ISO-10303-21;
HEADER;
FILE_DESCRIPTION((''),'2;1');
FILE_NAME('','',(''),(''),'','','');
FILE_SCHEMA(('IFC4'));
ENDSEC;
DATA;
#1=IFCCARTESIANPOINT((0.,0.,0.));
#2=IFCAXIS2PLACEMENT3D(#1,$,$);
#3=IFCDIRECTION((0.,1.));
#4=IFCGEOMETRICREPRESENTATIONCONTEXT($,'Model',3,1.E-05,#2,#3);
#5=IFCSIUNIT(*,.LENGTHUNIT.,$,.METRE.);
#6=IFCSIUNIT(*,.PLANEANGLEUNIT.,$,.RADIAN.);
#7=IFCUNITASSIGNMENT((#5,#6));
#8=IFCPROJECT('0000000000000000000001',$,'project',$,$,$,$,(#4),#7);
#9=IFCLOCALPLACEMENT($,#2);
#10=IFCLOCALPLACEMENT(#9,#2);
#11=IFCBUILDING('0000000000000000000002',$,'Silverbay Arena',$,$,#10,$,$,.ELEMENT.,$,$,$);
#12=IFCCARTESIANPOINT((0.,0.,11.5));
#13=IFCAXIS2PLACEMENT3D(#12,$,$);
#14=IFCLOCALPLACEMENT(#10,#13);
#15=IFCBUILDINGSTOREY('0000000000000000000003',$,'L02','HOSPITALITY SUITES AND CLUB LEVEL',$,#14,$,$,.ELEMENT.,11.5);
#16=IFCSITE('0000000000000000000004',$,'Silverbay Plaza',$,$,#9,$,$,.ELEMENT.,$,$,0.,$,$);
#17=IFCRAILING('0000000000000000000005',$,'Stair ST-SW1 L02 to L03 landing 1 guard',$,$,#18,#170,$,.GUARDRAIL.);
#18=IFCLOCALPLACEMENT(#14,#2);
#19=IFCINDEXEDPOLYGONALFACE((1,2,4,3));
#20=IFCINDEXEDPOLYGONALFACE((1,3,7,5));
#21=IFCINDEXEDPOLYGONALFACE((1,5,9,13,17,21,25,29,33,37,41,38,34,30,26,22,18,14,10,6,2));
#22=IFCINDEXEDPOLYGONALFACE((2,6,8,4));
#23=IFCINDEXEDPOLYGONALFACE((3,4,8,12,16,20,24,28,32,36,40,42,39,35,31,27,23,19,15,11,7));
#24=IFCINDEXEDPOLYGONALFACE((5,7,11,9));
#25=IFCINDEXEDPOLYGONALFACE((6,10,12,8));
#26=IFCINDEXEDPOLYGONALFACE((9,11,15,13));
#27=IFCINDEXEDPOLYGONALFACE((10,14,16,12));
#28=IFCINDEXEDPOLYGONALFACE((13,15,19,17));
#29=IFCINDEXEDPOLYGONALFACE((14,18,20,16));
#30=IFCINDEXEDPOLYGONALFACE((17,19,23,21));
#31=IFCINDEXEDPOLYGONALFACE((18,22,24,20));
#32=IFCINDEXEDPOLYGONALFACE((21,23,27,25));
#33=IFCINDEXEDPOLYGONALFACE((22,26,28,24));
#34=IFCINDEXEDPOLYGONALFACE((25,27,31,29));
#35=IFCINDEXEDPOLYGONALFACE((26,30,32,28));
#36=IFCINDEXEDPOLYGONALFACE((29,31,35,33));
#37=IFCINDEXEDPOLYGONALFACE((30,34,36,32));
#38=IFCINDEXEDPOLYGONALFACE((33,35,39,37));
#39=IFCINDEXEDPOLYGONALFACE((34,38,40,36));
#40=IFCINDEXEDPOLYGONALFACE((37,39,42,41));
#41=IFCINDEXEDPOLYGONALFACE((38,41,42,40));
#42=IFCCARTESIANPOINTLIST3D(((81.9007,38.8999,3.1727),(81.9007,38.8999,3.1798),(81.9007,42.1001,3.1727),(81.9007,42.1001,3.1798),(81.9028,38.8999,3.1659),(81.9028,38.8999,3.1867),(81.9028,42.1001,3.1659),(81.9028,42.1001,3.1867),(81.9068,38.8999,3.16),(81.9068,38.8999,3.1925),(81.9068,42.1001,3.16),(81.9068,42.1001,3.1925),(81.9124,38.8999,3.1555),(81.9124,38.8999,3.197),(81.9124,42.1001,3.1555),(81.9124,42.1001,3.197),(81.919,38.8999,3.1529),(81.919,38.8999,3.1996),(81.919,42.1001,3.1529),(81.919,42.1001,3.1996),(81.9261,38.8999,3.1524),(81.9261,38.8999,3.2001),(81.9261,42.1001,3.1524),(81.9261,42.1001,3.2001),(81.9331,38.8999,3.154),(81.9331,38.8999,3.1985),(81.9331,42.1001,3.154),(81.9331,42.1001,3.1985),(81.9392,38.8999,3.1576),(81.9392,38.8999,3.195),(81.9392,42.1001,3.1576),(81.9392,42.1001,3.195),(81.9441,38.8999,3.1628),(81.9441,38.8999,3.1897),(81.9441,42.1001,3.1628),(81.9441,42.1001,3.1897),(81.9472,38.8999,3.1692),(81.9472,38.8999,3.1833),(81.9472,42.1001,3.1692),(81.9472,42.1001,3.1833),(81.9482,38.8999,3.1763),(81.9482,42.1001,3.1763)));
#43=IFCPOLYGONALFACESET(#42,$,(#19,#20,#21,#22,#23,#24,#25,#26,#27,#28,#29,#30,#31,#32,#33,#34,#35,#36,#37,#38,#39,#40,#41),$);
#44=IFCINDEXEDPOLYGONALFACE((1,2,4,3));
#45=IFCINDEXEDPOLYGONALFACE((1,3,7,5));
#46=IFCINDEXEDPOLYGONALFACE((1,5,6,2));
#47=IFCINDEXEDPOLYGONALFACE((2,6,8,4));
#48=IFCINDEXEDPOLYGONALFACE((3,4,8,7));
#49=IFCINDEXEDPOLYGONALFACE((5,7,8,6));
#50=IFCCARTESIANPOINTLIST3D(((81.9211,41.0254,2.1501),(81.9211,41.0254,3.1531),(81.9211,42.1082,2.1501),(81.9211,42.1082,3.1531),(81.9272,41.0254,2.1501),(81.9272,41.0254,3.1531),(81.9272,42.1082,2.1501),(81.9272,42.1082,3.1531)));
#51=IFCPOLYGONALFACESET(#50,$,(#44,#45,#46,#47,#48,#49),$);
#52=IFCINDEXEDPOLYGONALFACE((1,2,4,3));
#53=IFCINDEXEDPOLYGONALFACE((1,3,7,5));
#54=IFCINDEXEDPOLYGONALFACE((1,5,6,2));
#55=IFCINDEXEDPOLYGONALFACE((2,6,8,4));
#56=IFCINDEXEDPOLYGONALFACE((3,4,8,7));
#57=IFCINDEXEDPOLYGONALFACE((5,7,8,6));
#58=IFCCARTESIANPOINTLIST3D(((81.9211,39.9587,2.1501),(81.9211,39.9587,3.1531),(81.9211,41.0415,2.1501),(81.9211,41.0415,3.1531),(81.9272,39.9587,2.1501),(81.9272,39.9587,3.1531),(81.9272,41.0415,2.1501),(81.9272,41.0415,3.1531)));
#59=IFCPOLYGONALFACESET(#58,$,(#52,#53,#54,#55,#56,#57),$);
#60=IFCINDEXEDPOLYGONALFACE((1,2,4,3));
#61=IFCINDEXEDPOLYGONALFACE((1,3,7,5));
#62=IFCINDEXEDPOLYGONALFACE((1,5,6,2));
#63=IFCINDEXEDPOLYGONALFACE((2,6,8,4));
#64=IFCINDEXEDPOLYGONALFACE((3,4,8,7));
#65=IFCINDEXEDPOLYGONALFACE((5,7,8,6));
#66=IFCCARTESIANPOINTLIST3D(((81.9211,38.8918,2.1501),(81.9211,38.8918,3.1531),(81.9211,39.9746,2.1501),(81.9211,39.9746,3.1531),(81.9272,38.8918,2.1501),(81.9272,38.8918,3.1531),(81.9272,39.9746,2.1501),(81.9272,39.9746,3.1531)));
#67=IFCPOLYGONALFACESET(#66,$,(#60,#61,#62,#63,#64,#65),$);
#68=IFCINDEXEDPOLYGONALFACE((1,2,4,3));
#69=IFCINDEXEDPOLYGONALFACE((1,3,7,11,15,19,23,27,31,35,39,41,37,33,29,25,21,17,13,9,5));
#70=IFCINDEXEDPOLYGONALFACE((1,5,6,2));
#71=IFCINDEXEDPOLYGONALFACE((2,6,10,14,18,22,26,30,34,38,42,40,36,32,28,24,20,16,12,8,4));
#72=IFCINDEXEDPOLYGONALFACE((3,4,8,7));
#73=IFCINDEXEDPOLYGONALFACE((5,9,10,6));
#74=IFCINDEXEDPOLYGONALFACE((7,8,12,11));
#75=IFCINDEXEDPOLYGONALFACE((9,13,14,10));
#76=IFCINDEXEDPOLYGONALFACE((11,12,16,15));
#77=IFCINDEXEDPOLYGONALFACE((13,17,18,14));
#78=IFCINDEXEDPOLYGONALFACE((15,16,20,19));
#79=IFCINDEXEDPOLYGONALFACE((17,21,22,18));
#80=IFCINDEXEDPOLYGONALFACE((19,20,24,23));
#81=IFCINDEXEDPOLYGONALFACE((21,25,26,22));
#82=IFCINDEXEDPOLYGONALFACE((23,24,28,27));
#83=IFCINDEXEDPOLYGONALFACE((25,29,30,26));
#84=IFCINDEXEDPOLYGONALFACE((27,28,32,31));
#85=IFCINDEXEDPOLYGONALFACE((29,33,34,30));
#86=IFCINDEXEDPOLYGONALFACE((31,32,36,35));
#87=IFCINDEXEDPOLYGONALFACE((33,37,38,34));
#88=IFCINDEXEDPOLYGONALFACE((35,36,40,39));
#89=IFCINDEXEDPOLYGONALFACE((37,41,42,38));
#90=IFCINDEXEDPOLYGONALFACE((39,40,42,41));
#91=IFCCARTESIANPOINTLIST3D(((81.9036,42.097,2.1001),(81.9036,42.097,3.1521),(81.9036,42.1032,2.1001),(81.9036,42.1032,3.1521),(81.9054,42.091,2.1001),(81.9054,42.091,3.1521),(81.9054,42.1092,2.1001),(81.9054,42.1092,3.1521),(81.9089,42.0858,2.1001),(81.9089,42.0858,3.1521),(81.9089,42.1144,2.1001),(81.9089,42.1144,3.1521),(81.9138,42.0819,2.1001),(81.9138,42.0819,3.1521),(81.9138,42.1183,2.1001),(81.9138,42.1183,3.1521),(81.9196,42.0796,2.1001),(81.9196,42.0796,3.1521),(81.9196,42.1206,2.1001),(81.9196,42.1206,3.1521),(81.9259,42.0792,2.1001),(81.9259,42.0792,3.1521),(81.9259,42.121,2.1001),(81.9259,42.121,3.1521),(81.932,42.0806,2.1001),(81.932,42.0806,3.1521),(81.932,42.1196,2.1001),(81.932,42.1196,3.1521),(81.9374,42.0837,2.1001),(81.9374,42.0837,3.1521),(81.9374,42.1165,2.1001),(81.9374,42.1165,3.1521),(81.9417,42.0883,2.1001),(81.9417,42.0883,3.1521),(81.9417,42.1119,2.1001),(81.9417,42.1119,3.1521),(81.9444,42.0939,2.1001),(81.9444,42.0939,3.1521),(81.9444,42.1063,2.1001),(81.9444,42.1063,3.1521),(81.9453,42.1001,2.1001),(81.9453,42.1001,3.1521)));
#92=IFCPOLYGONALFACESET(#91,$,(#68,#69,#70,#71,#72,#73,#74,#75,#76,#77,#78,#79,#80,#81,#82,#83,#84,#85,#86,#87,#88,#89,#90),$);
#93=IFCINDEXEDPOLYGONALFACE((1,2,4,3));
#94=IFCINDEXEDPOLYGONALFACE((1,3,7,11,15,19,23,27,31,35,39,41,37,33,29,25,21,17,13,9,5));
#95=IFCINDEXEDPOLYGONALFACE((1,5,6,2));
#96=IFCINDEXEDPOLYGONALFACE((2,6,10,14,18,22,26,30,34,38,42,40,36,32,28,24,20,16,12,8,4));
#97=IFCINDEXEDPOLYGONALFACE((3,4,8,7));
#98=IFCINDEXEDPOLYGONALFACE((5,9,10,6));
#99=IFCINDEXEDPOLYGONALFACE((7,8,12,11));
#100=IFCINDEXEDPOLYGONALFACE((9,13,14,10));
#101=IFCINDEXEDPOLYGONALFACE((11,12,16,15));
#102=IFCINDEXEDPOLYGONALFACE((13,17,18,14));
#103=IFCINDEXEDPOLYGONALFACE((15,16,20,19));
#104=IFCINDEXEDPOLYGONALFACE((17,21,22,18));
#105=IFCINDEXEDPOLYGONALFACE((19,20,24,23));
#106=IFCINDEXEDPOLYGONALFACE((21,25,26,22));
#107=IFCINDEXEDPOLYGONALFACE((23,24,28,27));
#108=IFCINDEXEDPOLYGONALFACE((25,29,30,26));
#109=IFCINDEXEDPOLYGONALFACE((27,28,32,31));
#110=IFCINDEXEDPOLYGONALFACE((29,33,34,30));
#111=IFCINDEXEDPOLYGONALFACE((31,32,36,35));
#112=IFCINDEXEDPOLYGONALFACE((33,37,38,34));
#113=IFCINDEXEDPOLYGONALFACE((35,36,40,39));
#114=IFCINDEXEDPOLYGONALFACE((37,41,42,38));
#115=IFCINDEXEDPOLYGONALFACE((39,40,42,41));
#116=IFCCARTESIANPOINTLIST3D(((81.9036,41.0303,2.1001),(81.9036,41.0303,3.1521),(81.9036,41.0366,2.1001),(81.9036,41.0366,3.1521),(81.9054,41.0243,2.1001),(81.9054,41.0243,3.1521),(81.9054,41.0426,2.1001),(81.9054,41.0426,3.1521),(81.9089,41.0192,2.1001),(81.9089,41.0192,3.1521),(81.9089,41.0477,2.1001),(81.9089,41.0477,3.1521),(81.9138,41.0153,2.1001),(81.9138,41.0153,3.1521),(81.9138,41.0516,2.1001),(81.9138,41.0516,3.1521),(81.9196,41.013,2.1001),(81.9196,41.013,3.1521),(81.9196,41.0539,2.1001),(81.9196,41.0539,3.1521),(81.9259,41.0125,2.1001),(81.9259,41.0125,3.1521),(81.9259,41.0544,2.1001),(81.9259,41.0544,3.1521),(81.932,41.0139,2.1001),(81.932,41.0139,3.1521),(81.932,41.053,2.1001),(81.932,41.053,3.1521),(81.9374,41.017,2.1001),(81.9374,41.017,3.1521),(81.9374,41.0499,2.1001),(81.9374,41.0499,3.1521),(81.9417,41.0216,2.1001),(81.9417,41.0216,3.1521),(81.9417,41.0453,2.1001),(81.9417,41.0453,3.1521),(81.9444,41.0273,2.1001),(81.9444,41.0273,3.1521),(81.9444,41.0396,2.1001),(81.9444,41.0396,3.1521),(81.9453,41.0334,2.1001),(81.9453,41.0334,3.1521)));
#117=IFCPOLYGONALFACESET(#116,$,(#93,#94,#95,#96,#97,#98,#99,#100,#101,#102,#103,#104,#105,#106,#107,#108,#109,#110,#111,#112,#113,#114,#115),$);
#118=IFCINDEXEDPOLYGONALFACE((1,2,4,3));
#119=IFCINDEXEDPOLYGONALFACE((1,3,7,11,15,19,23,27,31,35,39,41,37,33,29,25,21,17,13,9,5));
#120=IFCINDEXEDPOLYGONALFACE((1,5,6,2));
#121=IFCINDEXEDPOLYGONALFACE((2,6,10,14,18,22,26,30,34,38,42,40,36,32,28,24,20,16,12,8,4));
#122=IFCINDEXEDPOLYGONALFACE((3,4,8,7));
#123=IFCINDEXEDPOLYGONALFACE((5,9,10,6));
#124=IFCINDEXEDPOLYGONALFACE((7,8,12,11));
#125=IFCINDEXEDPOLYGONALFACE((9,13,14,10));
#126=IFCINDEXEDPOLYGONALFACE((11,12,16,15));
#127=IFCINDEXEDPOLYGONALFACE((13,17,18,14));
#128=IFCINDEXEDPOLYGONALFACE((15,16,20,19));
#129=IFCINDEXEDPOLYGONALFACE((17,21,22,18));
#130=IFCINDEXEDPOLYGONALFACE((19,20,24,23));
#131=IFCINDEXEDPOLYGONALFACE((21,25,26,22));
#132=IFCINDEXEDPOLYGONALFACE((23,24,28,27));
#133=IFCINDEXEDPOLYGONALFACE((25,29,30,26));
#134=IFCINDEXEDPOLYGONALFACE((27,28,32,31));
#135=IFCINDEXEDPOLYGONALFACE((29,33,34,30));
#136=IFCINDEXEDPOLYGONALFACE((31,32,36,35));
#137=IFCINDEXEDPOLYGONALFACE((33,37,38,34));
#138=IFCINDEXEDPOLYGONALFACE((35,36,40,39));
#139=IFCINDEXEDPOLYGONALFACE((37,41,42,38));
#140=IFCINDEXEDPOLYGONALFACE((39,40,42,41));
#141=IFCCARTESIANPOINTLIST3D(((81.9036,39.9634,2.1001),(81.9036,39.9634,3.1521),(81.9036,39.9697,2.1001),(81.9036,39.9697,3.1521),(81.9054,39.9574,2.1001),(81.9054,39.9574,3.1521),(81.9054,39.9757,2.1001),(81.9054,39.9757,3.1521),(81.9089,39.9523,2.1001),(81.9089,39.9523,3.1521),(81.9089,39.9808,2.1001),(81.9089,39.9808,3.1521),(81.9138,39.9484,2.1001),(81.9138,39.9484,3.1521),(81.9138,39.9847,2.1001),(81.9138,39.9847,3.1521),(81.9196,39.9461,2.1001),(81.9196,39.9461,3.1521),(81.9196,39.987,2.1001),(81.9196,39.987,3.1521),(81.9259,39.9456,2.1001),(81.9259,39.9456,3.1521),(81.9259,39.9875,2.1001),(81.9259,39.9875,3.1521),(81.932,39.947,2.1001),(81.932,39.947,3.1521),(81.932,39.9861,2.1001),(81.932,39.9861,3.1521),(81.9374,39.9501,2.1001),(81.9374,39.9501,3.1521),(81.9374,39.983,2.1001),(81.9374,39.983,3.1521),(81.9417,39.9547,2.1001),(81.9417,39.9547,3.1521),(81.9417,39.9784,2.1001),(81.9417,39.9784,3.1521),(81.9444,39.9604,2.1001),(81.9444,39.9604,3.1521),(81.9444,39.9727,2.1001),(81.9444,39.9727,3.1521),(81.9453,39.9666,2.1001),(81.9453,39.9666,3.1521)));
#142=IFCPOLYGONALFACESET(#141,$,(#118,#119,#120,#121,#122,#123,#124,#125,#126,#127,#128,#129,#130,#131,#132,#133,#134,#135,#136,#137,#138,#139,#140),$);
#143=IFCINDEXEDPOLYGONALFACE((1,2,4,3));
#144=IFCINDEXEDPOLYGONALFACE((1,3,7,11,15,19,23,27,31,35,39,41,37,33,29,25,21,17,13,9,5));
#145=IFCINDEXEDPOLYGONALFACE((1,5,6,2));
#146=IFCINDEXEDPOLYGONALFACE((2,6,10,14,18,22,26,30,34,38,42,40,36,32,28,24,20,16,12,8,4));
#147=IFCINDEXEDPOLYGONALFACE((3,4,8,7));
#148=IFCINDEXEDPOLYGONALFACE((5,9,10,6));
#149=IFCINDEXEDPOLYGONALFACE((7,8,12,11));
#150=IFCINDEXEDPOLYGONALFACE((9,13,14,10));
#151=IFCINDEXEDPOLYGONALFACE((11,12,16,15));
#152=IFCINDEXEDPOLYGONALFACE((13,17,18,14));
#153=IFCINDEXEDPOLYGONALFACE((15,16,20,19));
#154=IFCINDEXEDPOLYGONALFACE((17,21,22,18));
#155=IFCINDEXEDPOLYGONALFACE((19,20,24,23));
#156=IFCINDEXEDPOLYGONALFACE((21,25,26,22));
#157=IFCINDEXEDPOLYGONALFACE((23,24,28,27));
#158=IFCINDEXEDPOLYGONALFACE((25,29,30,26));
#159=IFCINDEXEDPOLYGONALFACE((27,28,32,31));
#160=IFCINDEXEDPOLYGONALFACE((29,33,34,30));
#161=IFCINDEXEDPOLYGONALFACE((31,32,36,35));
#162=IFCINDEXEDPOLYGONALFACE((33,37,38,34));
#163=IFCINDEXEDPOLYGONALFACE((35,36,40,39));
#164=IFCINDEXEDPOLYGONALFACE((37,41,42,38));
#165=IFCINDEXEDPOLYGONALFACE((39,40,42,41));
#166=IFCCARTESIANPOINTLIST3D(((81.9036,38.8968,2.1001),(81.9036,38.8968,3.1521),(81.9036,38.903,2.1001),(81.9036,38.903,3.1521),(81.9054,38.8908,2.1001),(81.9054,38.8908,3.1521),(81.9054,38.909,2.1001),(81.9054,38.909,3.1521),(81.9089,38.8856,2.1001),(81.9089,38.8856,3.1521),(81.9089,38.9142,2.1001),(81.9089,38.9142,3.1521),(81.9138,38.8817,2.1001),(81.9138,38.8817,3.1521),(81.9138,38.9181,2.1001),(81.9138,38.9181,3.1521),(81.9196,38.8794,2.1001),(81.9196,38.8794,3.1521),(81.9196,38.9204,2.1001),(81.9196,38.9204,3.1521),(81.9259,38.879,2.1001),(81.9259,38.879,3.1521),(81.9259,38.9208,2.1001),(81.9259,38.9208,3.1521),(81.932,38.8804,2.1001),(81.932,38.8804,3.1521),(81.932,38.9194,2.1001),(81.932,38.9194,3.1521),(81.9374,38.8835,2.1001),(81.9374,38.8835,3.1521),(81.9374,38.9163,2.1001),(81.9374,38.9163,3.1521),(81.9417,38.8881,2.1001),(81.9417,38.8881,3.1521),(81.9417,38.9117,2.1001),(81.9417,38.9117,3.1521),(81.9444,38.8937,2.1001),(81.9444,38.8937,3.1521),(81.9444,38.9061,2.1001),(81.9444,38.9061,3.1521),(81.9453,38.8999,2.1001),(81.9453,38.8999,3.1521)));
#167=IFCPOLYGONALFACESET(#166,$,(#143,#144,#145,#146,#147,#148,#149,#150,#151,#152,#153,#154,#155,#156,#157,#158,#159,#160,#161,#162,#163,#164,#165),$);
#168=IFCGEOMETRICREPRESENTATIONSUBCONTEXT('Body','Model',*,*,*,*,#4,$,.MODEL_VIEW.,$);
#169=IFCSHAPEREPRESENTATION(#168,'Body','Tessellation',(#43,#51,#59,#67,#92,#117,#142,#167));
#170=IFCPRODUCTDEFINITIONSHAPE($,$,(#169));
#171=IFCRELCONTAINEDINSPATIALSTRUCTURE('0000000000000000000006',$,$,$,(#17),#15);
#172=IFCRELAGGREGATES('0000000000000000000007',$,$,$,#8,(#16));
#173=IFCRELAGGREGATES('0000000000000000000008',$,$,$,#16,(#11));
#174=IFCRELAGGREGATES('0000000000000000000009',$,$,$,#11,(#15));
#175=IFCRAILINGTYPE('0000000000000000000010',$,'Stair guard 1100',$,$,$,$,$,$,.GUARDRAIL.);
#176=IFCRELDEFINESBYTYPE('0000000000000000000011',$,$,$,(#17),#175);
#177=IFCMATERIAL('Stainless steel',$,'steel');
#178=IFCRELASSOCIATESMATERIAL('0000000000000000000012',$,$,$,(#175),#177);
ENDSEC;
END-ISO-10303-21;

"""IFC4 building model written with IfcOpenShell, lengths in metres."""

from ifc_helpers import new_model, si_unit, direction, frame, origin, origin_2d, place, context, subcontext, project, spatial, polyline, circle, outline, extrude, material, type_object, element, save


model = new_model("IFC4")

# Units and contexts
model_context = context("Model", 3, precision=1e-05, world=origin(), true_north=direction((0.0, 1.0)))
body_context = subcontext(model_context, "Body", "Model", "MODEL_VIEW")
ifc_project = project(units=[si_unit("LENGTHUNIT", "METRE"), si_unit("PLANEANGLEUNIT", "RADIAN")], contexts=[model_context])

# Site, building, storey
site_placement = place(None, origin())
site = spatial("IfcSite", under=ifc_project, at=site_placement, Name="Silverbay Plaza", CompositionType="ELEMENT", RefElevation=0.0)
building_placement = place(site_placement, origin())
building = spatial("IfcBuilding", under=site, at=building_placement, Name="Silverbay Arena", CompositionType="ELEMENT")
storey_placement = place(building_placement, frame((0.0, 0.0, 11.5)))
storey = spatial("IfcBuildingStorey", under=building, at=storey_placement, Name="L02", Description="HOSPITALITY SUITES AND CLUB LEVEL", CompositionType="ELEMENT", Elevation=11.5)

# Railing
ifc_material_1 = material(Name="Stainless steel", Category="steel")
railing_type_1 = type_object("IfcRailingType", Name="Stair guard 1100", PredefinedType="GUARDRAIL", material=ifc_material_1)
for number, where, name in (
    (1, (81.9243, 42.1001, 2.1001), "Stair ST-SW1 L02 to L03 landing 1 guard"),
):
    element("IfcRailing", number, at=place(storey_placement, frame(where)), inside=storey, type_object=railing_type_1, Name=name, PredefinedType="GUARDRAIL", context=body_context, shape_type="SweptSolid", body=[
        extrude(circle(Radius=0.0239, at=origin_2d()), frame((0.0, 0.0, 1.0762), z_axis=(0.0, -1.0, 0.0), x_axis=(1.0, 0.0, 0.0)), (0.0, 0.0, 1.0), 3.2002),
        extrude(outline(polyline([(-0.0081, 0.05), (1.0747, 0.05), (1.0747, 1.053), (-0.0081, 1.053), (-0.0081, 0.05)])), frame((0.0029, 0.0, 0.0), z_axis=(-1.0, 0.0, 0.0), x_axis=(0.0, -1.0, 0.0)), (0.0, 0.0, 1.0), 0.0061),
        extrude(outline(polyline([(-0.0081, 0.05), (1.0747, 0.05), (1.0747, 1.053), (-0.0081, 1.053), (-0.0081, 0.05)])), frame((0.0029, -1.0667, 0.0), z_axis=(-1.0, 0.0, 0.0), x_axis=(0.0, -1.0, 0.0)), (0.0, 0.0, 1.0), 0.0061),
        extrude(outline(polyline([(-0.0081, 0.05), (1.0747, 0.05), (1.0747, 1.053), (-0.0081, 1.053), (-0.0081, 0.05)])), frame((0.0029, -2.1335, 0.0), z_axis=(-1.0, 0.0, 0.0), x_axis=(0.0, -1.0, 0.0)), (0.0, 0.0, 1.0), 0.0061),
        extrude(circle(Radius=0.021, at=origin_2d()), origin(), (0.0, 0.0, 1.0), 1.052),
        extrude(circle(Radius=0.021, at=origin_2d()), frame((0.0, -1.0667, 0.0)), (0.0, 0.0, 1.0), 1.052),
        extrude(circle(Radius=0.021, at=origin_2d()), frame((0.0, -2.1335, 0.0)), (0.0, 0.0, 1.0), 1.052),
        extrude(circle(Radius=0.021, at=origin_2d()), frame((0.0, -3.2002, 0.0)), (0.0, 0.0, 1.0), 1.052),
    ])

save(model, "model.ifc")
